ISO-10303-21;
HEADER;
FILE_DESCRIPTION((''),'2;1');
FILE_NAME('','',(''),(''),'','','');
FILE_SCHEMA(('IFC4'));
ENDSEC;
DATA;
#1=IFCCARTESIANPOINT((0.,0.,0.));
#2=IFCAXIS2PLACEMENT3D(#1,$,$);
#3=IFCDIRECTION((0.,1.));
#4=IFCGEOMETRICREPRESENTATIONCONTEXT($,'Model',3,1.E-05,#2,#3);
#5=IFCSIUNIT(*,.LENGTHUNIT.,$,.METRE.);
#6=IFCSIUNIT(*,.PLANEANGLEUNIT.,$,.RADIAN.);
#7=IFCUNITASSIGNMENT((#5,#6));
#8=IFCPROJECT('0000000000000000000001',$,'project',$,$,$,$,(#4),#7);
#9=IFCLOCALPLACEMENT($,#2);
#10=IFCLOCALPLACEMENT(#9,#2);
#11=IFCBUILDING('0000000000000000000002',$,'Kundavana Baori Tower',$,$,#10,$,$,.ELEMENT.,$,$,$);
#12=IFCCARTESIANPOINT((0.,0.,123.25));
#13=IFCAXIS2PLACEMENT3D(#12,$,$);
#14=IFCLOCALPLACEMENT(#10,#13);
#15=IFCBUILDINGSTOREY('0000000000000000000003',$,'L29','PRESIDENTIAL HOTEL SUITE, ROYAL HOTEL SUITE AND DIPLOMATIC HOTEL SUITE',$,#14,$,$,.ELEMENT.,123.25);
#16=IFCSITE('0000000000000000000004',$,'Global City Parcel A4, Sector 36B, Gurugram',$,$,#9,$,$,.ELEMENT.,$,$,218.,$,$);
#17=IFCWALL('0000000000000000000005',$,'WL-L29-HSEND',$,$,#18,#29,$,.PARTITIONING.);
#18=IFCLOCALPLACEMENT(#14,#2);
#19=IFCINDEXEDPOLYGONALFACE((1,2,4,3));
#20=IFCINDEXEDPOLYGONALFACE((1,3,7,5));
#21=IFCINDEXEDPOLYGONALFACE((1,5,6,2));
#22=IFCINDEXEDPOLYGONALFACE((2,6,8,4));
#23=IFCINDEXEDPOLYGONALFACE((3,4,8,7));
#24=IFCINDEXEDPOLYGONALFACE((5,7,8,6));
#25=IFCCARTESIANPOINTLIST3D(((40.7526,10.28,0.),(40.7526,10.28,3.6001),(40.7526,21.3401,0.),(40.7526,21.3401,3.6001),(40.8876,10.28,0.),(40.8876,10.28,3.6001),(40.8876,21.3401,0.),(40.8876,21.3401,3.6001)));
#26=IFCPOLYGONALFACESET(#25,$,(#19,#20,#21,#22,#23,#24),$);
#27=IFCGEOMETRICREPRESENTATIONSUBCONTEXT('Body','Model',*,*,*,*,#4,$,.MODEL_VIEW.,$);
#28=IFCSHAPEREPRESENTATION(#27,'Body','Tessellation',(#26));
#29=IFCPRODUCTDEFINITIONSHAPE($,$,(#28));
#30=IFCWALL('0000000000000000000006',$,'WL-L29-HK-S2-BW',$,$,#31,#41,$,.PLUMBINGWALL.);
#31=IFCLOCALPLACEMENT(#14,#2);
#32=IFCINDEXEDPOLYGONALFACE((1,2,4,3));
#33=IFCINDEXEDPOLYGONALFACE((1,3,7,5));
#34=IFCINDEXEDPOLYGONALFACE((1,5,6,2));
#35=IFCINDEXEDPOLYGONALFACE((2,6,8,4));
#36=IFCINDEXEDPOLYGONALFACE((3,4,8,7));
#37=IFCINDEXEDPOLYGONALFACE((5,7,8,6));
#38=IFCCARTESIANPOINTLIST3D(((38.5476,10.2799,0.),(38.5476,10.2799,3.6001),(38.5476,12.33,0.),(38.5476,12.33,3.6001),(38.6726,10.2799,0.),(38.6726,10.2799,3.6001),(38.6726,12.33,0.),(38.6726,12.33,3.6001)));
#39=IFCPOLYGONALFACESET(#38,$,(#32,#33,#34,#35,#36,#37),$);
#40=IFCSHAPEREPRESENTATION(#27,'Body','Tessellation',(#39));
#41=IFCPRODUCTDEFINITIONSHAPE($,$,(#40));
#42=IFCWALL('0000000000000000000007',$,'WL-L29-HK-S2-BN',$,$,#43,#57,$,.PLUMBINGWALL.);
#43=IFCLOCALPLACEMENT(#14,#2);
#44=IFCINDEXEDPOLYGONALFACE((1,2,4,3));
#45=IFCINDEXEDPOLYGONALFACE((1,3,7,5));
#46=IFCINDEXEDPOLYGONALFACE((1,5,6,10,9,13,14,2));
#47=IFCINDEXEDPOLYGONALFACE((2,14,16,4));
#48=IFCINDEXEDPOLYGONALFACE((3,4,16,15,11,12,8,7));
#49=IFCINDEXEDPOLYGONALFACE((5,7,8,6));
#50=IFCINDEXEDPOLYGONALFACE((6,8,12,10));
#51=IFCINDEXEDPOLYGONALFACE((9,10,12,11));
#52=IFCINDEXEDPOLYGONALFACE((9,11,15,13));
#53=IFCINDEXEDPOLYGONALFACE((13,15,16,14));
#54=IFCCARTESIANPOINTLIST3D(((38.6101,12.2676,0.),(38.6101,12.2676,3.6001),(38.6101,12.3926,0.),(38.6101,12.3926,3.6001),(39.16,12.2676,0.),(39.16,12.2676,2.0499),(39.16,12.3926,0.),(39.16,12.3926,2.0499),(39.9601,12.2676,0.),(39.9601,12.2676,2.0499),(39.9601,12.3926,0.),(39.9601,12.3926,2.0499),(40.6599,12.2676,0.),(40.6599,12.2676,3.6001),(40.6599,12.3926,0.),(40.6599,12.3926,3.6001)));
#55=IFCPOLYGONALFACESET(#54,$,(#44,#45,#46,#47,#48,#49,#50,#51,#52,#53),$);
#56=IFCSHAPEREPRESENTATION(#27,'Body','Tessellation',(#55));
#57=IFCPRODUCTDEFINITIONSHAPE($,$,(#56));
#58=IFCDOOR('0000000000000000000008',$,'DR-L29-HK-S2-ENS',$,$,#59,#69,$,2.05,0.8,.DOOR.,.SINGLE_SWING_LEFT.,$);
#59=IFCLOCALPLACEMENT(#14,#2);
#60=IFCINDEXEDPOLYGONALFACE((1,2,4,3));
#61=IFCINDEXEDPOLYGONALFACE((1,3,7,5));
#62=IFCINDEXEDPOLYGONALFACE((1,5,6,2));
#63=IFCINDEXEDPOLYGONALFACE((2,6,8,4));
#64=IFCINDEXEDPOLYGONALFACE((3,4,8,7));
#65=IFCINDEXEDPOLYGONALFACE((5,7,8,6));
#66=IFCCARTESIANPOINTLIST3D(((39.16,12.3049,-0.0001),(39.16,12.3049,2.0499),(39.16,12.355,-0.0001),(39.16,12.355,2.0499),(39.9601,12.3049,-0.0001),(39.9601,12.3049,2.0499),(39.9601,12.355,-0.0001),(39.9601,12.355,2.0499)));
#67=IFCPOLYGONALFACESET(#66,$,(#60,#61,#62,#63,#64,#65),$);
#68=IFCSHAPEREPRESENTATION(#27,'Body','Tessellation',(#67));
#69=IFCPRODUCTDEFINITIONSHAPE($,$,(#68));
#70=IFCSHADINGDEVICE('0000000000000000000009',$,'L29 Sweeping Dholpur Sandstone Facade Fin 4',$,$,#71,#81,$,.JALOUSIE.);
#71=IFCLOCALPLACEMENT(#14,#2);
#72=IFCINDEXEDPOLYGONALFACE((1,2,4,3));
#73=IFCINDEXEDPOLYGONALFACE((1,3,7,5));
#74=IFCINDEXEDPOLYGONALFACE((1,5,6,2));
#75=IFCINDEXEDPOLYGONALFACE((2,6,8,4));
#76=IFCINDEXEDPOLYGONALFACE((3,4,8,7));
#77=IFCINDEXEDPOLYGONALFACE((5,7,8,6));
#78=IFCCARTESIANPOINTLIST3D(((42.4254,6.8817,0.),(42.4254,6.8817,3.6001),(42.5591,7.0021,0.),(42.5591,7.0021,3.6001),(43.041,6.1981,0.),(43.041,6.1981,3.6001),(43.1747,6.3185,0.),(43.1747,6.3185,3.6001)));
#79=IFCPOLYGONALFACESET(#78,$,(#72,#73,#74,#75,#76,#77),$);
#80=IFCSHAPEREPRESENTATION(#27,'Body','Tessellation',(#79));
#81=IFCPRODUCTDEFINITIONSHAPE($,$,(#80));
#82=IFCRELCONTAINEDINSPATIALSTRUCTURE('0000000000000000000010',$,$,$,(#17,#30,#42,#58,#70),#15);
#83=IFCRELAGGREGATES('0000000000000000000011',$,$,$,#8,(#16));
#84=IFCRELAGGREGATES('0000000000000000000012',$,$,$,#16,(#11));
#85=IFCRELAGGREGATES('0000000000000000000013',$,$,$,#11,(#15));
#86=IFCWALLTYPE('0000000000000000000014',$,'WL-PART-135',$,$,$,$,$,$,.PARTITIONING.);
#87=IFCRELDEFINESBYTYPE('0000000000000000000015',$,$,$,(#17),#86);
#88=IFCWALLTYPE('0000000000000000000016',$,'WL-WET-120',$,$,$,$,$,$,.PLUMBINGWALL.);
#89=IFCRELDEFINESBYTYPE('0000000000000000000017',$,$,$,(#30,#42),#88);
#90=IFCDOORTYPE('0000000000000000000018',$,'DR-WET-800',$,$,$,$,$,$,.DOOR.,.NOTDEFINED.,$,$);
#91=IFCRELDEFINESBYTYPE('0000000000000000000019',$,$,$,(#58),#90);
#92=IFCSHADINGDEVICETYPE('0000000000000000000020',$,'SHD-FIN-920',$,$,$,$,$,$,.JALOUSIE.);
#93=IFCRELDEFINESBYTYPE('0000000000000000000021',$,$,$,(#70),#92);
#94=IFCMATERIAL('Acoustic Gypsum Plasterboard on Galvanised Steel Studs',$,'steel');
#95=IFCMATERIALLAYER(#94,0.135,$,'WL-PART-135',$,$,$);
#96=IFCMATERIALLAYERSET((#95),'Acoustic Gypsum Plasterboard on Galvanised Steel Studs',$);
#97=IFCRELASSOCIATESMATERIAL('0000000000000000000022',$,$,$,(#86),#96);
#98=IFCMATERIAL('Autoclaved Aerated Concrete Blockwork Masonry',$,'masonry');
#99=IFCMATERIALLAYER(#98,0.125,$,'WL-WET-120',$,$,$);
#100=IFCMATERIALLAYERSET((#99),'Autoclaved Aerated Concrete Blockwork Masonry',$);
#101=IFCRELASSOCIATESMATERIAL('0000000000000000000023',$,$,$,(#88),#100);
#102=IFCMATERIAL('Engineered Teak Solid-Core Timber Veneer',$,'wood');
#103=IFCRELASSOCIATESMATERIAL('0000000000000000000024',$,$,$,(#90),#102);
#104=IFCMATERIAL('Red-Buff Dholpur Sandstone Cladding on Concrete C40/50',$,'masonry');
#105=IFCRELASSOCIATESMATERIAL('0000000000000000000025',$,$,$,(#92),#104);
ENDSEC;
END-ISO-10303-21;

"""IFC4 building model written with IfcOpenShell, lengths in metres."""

from ifc_helpers import new_model, si_unit, direction, frame, frame_2d, origin, origin_2d, place, context, subcontext, project, spatial, rectangle, extrude, material, layer, layer_set, type_object, element, fill, save


model = new_model("IFC4")

# Units and contexts
model_context = context("Model", 3, precision=1e-05, world=origin(), true_north=direction((0.0, 1.0)))
body_context = subcontext(model_context, "Body", "Model", "MODEL_VIEW")
ifc_project = project(units=[si_unit("LENGTHUNIT", "METRE"), si_unit("PLANEANGLEUNIT", "RADIAN")], contexts=[model_context])

# Site, building, storey
site_placement = place(None, origin())
site = spatial("IfcSite", under=ifc_project, at=site_placement, Name="Global City Parcel A4, Sector 36B, Gurugram", CompositionType="ELEMENT", RefElevation=218.0)
building_placement = place(site_placement, origin())
building = spatial("IfcBuilding", under=site, at=building_placement, Name="Kundavana Baori Tower", CompositionType="ELEMENT")
storey_placement = place(building_placement, frame((0.0, 0.0, 123.25)))
storey = spatial("IfcBuildingStorey", under=building, at=storey_placement, Name="L29", Description="PRESIDENTIAL HOTEL SUITE, ROYAL HOTEL SUITE AND DIPLOMATIC HOTEL SUITE", CompositionType="ELEMENT", Elevation=123.25)

# Walls
ifc_material_1 = material(Name="Acoustic Gypsum Plasterboard on Galvanised Steel Studs", Category="steel")
ifc_layer_1 = layer(ifc_material_1, 0.135, Name="WL-PART-135")
ifc_layer_set_1 = layer_set([ifc_layer_1], Name="Acoustic Gypsum Plasterboard on Galvanised Steel Studs")
wall_type_1 = type_object("IfcWallType", Name="WL-PART-135", PredefinedType="PARTITIONING", material=ifc_layer_set_1)
wall_1_placement = place(storey_placement, frame((40.8201, 10.28, 0.0), z_axis=(0.0, 0.0, 1.0), x_axis=(0.0, 1.0, 0.0)))
element("IfcWall", 1, at=wall_1_placement, inside=storey, type_object=wall_type_1, Name="WL-L29-HSEND", PredefinedType="PARTITIONING", context=body_context, shape_type="SweptSolid", body=[
    extrude(rectangle(XDim=11.0601, YDim=0.135, at=frame_2d((5.53, 0.0))), origin(), (0.0, 0.0, 1.0), 3.6001),
])
ifc_material_2 = material(Name="Autoclaved Aerated Concrete Blockwork Masonry", Category="masonry")
ifc_layer_2 = layer(ifc_material_2, 0.125, Name="WL-WET-120")
ifc_layer_set_2 = layer_set([ifc_layer_2], Name="Autoclaved Aerated Concrete Blockwork Masonry")
wall_type_2 = type_object("IfcWallType", Name="WL-WET-120", PredefinedType="PLUMBINGWALL", material=ifc_layer_set_2)
wall_2_placement = place(storey_placement, frame((38.6101, 10.28, 0.0), z_axis=(0.0, 0.0, 1.0), x_axis=(0.0, 1.0, 0.0)))
element("IfcWall", 2, at=wall_2_placement, inside=storey, type_object=wall_type_2, Name="WL-L29-HK-S2-BW", PredefinedType="PLUMBINGWALL", context=body_context, shape_type="SweptSolid", body=[
    extrude(rectangle(XDim=2.05, YDim=0.125, at=frame_2d((1.0249, 0.0))), origin(), (0.0, 0.0, 1.0), 3.6001),
])

# Wall, opening, door
wall_3_placement = place(storey_placement, frame((38.6101, 12.3301, 0.0), z_axis=(0.0, 0.0, 1.0), x_axis=(1.0, 0.0, 0.0)))
wall_3 = element("IfcWall", 3, at=wall_3_placement, inside=storey, type_object=wall_type_2, Name="WL-L29-HK-S2-BN", PredefinedType="PLUMBINGWALL", context=body_context, shape_type="SweptSolid", body=[
    extrude(rectangle(XDim=2.0498, YDim=0.125, at=frame_2d((1.0249, 0.0))), origin(), (0.0, 0.0, 1.0), 3.6001),
])
opening_1_placement = place(wall_3_placement, frame((0.55, 0.0, 0.0)))
opening_1 = element("IfcOpeningElement", 4, at=opening_1_placement, cuts=wall_3, PredefinedType="OPENING", context=body_context, shape_type="SweptSolid", body=[
    extrude(rectangle(XDim=0.8, YDim=2.05, at=frame_2d((0.3999, 1.0249))), frame((0.0, 0.0725, 0.0), z_axis=(0.0, -1.0, 0.0), x_axis=(1.0, 0.0, 0.0)), (0.0, 0.0, 1.0), 0.145),
])
ifc_material_3 = material(Name="Engineered Teak Solid-Core Timber Veneer", Category="wood")
door_type_1 = type_object("IfcDoorType", Name="DR-WET-800", OperationType="NOTDEFINED", PredefinedType="DOOR", material=ifc_material_3)
door_1_placement = place(opening_1_placement, origin())
door_1 = element("IfcDoor", 5, at=door_1_placement, inside=storey, type_object=door_type_1, Name="DR-L29-HK-S2-ENS", OperationType="SINGLE_SWING_LEFT", OverallHeight=2.05, OverallWidth=0.8, PredefinedType="DOOR", context=body_context, shape_type="SweptSolid", body=[
    extrude(rectangle(XDim=0.8, YDim=2.05, at=frame_2d((0.3999, 1.0249))), frame((0.0, 0.0249, 0.0), z_axis=(0.0, -1.0, 0.0), x_axis=(1.0, 0.0, 0.0)), (0.0, 0.0, 1.0), 0.05),
])
fill(opening_1, door_1)

# Shading device
ifc_material_4 = material(Name="Red-Buff Dholpur Sandstone Cladding on Concrete C40/50", Category="masonry")
shading_device_type = type_object("IfcShadingDeviceType", Name="SHD-FIN-920", PredefinedType="JALOUSIE", material=ifc_material_4)
shading_device_placement = place(storey_placement, frame((42.8, 6.6001, 0.0), z_axis=(0.0, 0.0, 1.0), x_axis=(0.743145, 0.669131, 0.0)))
element("IfcShadingDevice", 6, at=shading_device_placement, inside=storey, type_object=shading_device_type, Name="L29 Sweeping Dholpur Sandstone Facade Fin 4", PredefinedType="JALOUSIE", context=body_context, shape_type="SweptSolid", body=[
    extrude(rectangle(XDim=0.1799, YDim=0.9199, at=origin_2d()), origin(), (0.0, 0.0, 1.0), 3.6001),
])

save(model, "model.ifc")
